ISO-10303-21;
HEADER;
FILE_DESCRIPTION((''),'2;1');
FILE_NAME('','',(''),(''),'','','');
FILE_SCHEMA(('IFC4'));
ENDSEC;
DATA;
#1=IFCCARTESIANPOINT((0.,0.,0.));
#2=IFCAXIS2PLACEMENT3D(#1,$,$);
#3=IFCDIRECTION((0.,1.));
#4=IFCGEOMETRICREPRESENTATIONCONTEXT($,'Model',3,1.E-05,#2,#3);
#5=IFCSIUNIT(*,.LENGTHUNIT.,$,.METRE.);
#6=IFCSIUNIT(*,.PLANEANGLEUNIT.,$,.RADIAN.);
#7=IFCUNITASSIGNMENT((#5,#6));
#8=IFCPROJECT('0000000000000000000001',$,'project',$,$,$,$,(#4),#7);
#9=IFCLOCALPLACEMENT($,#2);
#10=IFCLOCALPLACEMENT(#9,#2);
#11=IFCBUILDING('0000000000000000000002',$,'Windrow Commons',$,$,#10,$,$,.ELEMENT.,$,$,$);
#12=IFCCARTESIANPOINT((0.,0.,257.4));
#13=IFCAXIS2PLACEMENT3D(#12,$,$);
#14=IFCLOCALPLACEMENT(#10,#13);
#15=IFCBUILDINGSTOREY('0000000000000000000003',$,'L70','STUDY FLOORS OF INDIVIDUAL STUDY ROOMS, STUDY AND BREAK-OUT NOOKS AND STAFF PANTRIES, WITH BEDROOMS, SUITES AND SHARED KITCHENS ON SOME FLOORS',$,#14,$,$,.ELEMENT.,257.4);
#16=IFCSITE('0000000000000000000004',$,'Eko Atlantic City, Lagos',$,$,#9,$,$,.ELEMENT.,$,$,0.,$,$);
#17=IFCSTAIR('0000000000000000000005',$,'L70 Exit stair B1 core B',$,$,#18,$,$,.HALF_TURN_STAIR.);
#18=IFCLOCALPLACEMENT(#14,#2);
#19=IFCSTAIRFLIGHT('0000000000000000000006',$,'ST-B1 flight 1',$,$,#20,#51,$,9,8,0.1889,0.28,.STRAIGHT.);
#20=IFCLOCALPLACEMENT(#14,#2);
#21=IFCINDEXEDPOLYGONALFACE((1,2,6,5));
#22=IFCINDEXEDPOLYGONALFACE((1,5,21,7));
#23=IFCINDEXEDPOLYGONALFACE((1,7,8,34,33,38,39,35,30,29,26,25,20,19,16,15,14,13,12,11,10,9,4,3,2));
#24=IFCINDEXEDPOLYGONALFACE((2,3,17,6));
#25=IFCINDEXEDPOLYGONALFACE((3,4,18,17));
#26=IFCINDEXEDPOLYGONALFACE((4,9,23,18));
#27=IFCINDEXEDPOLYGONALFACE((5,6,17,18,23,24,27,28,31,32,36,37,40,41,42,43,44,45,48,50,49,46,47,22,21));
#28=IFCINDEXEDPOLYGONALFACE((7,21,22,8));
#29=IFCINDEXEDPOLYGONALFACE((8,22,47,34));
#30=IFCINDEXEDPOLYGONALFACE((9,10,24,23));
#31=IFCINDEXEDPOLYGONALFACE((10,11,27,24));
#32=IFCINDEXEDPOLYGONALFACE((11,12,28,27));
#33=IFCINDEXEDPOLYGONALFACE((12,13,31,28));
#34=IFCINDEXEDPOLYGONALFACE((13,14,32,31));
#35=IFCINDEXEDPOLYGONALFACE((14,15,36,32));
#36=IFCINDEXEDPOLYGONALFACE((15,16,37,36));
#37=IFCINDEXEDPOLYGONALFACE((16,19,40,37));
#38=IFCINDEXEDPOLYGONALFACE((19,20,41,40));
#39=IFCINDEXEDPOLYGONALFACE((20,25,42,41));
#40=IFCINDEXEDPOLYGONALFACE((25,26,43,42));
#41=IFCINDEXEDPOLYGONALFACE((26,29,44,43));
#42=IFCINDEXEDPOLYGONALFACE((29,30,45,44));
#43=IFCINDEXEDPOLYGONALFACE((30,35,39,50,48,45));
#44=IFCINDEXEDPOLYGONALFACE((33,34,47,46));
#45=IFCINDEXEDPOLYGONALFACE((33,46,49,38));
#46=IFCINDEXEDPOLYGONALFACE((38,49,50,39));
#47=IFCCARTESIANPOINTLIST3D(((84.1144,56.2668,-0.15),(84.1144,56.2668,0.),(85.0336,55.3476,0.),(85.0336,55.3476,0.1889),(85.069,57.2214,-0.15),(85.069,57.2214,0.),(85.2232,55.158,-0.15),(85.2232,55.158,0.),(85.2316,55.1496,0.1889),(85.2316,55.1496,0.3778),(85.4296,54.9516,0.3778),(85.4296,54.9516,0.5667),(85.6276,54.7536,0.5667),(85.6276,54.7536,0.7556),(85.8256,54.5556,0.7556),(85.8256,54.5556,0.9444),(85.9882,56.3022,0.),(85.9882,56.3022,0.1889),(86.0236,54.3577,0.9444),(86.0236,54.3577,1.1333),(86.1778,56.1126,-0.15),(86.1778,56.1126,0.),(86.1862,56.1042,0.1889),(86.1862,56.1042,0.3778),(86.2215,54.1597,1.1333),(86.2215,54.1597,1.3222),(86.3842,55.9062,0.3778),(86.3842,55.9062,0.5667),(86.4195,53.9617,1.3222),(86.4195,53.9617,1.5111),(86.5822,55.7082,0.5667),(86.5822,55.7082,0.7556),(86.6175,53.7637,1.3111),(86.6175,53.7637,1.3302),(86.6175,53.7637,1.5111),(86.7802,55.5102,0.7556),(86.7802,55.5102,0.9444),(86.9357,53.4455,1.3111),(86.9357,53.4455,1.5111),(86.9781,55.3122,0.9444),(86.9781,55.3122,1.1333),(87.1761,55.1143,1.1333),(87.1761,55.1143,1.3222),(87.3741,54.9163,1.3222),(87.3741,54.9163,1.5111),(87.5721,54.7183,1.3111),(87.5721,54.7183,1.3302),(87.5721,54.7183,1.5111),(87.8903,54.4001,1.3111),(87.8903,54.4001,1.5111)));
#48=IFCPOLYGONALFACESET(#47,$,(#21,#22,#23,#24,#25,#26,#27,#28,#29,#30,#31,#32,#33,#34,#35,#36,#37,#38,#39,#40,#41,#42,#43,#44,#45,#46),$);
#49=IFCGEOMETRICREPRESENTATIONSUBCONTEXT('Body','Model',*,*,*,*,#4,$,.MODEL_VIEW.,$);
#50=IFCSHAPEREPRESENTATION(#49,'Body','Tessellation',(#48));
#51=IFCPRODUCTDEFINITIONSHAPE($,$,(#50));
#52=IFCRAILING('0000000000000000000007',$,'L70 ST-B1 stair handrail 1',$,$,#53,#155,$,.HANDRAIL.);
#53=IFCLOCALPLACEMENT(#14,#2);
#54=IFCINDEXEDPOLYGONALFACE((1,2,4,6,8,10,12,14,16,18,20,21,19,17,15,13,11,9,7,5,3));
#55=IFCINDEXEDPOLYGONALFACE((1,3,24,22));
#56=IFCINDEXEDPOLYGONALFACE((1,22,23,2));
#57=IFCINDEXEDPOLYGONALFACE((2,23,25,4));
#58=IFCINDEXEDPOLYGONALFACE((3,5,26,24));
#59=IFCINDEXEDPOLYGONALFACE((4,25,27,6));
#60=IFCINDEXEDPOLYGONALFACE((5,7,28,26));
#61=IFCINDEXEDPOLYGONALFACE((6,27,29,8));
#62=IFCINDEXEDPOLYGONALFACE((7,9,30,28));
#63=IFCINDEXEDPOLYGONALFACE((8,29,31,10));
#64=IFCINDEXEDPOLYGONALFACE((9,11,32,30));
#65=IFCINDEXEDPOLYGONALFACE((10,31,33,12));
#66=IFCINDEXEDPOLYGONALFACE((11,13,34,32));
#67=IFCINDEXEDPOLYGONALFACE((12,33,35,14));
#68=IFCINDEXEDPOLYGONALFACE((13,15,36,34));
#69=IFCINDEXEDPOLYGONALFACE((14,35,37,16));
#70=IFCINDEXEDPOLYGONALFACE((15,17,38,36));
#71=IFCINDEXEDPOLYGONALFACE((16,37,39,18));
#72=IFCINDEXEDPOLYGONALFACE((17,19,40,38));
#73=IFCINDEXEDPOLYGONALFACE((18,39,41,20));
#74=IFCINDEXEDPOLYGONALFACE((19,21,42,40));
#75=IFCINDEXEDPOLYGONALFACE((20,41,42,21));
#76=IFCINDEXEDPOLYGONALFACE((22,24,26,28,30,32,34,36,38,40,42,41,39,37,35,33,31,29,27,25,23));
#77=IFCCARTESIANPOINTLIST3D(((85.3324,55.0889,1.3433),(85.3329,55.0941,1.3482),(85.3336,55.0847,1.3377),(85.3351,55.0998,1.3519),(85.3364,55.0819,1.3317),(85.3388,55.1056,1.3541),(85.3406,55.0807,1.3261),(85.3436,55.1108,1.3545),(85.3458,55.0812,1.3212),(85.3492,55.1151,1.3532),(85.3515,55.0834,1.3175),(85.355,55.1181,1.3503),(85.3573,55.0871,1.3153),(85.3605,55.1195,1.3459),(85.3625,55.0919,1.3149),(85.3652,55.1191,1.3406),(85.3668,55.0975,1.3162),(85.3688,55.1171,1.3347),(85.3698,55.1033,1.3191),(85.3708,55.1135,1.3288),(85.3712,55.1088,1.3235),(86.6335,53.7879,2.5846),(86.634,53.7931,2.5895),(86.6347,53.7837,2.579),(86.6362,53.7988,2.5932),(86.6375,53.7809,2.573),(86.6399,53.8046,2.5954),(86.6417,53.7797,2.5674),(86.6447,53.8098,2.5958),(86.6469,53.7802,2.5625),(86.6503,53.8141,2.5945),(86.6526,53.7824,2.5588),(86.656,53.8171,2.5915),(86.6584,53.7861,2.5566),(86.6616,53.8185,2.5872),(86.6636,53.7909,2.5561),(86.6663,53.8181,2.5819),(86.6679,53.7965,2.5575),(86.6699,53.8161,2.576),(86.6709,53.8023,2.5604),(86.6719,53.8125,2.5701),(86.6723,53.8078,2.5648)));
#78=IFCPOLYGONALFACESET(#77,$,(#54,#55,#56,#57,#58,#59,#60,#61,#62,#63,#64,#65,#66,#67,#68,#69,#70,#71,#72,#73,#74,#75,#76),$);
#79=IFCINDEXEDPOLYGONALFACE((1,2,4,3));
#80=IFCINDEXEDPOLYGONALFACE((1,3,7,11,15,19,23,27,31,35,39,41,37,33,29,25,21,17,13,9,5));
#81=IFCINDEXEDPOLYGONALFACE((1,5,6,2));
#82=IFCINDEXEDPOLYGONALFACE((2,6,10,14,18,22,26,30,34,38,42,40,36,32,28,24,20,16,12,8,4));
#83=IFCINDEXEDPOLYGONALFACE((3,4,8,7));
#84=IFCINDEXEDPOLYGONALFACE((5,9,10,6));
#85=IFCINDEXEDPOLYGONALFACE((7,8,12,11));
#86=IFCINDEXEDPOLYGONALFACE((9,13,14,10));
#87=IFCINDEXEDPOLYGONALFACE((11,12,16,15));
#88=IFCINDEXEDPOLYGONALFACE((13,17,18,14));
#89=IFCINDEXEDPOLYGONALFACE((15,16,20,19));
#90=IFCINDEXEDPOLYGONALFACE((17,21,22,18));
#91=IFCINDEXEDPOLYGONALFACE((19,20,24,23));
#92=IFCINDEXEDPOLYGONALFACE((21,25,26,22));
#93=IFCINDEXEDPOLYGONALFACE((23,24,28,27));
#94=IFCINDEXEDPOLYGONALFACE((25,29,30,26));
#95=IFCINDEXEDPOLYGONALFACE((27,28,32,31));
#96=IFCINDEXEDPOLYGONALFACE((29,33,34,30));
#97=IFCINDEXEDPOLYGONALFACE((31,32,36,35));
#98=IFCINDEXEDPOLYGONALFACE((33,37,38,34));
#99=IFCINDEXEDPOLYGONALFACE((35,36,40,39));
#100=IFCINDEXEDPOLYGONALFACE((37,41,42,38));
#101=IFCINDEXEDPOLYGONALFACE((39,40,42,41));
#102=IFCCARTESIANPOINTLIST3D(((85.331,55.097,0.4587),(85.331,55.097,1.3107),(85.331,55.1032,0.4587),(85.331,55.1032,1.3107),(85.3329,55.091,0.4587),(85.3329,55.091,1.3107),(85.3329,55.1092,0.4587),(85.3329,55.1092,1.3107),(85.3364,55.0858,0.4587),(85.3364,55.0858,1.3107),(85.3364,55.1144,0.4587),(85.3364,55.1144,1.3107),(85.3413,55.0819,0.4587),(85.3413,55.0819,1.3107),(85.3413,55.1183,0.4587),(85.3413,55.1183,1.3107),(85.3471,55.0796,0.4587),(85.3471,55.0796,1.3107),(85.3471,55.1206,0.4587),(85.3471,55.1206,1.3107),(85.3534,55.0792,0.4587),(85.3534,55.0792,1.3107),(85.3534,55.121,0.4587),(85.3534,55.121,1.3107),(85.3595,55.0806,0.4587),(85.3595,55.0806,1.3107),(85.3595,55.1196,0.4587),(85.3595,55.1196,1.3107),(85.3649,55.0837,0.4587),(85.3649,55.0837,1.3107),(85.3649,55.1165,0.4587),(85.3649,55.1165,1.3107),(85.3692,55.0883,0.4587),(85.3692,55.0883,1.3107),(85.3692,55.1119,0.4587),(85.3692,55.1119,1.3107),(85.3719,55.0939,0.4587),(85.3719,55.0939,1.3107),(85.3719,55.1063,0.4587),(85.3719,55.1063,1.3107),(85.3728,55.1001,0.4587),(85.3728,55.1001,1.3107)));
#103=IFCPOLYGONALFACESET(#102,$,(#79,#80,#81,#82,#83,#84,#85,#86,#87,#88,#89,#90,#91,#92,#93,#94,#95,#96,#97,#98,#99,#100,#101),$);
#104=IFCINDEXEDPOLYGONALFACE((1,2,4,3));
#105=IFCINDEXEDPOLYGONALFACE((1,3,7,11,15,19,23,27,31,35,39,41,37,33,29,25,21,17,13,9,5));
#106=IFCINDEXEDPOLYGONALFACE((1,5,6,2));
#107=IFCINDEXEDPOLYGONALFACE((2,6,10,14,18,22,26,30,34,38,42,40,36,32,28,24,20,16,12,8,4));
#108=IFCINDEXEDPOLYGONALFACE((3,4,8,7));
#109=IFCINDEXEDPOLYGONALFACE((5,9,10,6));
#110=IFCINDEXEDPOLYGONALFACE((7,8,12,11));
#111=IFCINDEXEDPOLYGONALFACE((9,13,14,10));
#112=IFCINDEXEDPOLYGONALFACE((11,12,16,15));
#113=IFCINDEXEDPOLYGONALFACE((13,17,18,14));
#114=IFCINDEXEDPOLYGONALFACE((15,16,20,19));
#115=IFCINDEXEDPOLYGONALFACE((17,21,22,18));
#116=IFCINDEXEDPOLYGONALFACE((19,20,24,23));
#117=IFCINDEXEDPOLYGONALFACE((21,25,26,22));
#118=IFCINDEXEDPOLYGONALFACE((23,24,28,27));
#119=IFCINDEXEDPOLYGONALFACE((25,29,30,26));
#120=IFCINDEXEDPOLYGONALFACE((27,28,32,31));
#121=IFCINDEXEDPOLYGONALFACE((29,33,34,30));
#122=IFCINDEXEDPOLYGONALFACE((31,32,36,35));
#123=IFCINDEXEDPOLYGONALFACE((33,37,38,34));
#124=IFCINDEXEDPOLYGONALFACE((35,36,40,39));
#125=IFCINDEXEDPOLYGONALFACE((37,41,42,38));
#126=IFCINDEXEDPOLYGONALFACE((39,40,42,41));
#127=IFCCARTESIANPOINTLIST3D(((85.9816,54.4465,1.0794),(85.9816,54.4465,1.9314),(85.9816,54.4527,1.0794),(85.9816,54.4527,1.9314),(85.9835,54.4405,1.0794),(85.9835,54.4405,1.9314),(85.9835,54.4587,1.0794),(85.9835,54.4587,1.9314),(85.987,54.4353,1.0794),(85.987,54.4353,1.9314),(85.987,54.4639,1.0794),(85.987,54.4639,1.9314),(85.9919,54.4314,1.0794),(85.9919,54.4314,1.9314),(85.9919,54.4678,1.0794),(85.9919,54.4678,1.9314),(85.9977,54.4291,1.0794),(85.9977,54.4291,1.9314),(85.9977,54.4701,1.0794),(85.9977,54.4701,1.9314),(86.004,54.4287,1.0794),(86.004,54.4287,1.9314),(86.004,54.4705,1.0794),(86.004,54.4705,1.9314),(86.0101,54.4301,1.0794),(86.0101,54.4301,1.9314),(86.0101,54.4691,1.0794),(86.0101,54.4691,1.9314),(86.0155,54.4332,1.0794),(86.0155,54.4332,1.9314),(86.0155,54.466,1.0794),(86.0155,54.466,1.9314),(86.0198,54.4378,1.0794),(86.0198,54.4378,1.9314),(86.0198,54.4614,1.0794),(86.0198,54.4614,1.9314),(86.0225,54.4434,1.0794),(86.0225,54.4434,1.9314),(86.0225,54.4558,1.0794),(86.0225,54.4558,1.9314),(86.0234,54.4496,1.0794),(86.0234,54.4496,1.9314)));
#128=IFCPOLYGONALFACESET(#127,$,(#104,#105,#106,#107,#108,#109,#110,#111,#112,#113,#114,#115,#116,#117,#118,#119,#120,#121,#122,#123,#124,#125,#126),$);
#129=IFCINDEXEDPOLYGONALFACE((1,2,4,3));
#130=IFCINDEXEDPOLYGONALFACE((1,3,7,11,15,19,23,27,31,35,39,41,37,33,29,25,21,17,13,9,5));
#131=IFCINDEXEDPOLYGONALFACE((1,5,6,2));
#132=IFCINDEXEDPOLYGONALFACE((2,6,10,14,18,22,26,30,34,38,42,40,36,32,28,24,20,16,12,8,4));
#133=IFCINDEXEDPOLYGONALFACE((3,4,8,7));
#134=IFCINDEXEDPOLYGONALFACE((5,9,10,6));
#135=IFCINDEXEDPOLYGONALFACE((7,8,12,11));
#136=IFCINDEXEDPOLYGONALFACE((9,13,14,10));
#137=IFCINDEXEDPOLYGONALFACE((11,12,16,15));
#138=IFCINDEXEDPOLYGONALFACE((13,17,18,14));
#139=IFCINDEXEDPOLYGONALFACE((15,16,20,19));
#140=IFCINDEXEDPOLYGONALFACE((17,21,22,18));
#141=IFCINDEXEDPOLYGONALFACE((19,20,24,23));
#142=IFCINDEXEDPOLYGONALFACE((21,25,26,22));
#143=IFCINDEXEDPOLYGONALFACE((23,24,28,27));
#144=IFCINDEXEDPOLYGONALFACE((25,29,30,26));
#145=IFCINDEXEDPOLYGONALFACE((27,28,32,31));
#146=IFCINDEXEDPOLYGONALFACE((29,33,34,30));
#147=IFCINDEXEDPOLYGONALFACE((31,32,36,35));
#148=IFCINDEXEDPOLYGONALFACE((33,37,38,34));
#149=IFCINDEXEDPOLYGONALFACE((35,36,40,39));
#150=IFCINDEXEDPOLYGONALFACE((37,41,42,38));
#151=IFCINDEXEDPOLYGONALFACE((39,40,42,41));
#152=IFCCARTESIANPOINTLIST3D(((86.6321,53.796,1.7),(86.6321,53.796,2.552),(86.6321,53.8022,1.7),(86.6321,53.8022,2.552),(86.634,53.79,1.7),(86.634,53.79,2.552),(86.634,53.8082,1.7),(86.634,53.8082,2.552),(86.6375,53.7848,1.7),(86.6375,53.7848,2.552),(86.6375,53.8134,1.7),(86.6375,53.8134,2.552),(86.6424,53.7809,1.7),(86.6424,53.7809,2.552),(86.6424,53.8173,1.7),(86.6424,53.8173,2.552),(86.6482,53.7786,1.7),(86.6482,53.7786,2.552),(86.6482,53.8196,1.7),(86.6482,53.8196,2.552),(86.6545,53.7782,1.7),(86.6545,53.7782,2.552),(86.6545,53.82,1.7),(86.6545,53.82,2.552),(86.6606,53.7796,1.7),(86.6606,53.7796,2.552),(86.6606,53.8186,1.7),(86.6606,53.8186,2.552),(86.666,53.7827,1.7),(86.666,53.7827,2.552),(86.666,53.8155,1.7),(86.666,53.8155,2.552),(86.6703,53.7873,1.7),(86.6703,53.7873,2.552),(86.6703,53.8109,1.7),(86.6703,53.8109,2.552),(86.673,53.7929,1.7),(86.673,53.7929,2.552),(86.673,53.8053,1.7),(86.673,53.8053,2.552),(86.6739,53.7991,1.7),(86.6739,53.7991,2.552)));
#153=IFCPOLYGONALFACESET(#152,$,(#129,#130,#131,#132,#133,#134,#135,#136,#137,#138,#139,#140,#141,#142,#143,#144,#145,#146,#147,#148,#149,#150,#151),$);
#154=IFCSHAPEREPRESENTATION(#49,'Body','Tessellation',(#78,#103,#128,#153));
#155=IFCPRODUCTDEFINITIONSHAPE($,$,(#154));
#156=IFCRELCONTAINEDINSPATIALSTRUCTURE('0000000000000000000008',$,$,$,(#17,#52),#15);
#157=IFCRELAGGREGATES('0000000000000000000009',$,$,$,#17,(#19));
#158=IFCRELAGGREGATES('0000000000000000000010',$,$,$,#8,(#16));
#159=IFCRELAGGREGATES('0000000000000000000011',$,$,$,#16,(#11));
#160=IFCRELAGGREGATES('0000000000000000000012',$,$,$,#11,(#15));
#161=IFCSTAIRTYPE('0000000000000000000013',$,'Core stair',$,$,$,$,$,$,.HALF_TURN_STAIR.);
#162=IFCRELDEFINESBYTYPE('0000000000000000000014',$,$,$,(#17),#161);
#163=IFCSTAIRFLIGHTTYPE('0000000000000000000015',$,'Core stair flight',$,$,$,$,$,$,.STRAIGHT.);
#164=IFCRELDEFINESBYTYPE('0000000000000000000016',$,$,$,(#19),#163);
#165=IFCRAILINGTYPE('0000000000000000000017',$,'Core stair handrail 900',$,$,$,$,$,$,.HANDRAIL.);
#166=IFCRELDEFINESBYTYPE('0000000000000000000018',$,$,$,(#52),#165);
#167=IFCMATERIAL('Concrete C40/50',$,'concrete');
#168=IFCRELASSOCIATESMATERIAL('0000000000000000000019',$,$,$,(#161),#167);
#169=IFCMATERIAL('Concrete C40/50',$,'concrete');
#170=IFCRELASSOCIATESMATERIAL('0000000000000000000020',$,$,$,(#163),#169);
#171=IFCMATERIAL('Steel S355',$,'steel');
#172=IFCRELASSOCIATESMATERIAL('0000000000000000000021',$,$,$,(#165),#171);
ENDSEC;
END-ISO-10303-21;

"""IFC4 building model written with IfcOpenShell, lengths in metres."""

from ifc_helpers import new_model, si_unit, direction, frame, origin, origin_2d, place, context, subcontext, project, spatial, polyline, circle, outline, extrude, material, type_object, element, aggregate, save


model = new_model("IFC4")

# Units and contexts
model_context = context("Model", 3, precision=1e-05, world=origin(), true_north=direction((0.0, 1.0)))
body_context = subcontext(model_context, "Body", "Model", "MODEL_VIEW")
ifc_project = project(units=[si_unit("LENGTHUNIT", "METRE"), si_unit("PLANEANGLEUNIT", "RADIAN")], contexts=[model_context])

# Site, building, storey
site_placement = place(None, origin())
site = spatial("IfcSite", under=ifc_project, at=site_placement, Name="Eko Atlantic City, Lagos", CompositionType="ELEMENT", RefElevation=0.0)
building_placement = place(site_placement, origin())
building = spatial("IfcBuilding", under=site, at=building_placement, Name="Windrow Commons", CompositionType="ELEMENT")
storey_placement = place(building_placement, frame((0.0, 0.0, 257.4)))
storey = spatial("IfcBuildingStorey", under=building, at=storey_placement, Name="L70", Description="STUDY FLOORS OF INDIVIDUAL STUDY ROOMS, STUDY AND BREAK-OUT NOOKS AND STAFF PANTRIES, WITH BEDROOMS, SUITES AND SHARED KITCHENS ON SOME FLOORS", CompositionType="ELEMENT", Elevation=257.4)

# Stair, stair flight
ifc_material_1 = material(Name="Concrete C40/50", Category="concrete")
stair_type = type_object("IfcStairType", Name="Core stair", PredefinedType="HALF_TURN_STAIR", material=ifc_material_1)
stair_placement = place(storey_placement, origin())
stair = element("IfcStair", 1, at=stair_placement, inside=storey, type_object=stair_type, Name="L70 Exit stair B1 core B", PredefinedType="HALF_TURN_STAIR")
ifc_material_2 = material(Name="Concrete C40/50", Category="concrete")
stair_flight_type = type_object("IfcStairFlightType", Name="Core stair flight", PredefinedType="STRAIGHT", material=ifc_material_2)
stair_flight_placement = place(storey_placement, frame((85.5109, 55.8249, 0.0), z_axis=(0.0, 0.0, 1.0), x_axis=(0.707107, -0.707107, 0.0)))
stair_flight = element("IfcStairFlight", 2, at=stair_flight_placement, type_object=stair_flight_type, Name="ST-B1 flight 1", NumberOfRisers=9, NumberOfTreads=8, PredefinedType="STRAIGHT", RiserHeight=0.1889, TreadLength=0.28, context=body_context, shape_type="SweptSolid", body=[
    extrude(outline(polyline([(-1.3, -0.15), (-1.3, 0.0), (0.0, 0.0), (0.0, 0.1889), (0.28, 0.1889), (0.28, 0.3778), (0.56, 0.3778), (0.56, 0.5667), (0.84, 0.5667), (0.84, 0.7556), (1.12, 0.7556), (1.12, 0.9444), (1.4, 0.9444), (1.4, 1.1333), (1.68, 1.1333), (1.68, 1.3222), (1.96, 1.3222), (1.96, 1.5111), (2.24, 1.5111), (2.69, 1.5111), (2.69, 1.3111), (2.24, 1.3111), (2.24, 1.3302), (0.2682, 0.0), (0.2682, -0.15), (-1.3, -0.15)])), frame((0.0, 0.675, 0.0), z_axis=(0.0, -1.0, 0.0), x_axis=(1.0, 0.0, 0.0)), (0.0, 0.0, 1.0), 1.35),
])
aggregate(stair, [stair_flight])

# Railing
ifc_material_3 = material(Name="Steel S355", Category="steel")
railing_type = type_object("IfcRailingType", Name="Core stair handrail 900", PredefinedType="HANDRAIL", material=ifc_material_3)
railing_placement = place(storey_placement, frame((85.3518, 55.1001, 0.4587)))
element("IfcRailing", 3, at=railing_placement, inside=storey, type_object=railing_type, Name="L70 ST-B1 stair handrail 1", PredefinedType="HANDRAIL", context=body_context, shape_type="SweptSolid", body=[
    extrude(circle(Radius=0.024, at=origin_2d()), frame((0.0, 0.0, 0.876), z_axis=(0.586207, -0.586162, 0.559264), x_axis=(0.70708, 0.707134, 0.0)), (0.0, 0.0, 1.0), 2.2195),
    extrude(circle(Radius=0.021, at=origin_2d()), origin(), (0.0, 0.0, 1.0), 0.852),
    extrude(circle(Radius=0.021, at=origin_2d()), frame((0.6506, -0.6505, 0.6207)), (0.0, 0.0, 1.0), 0.852),
    extrude(circle(Radius=0.021, at=origin_2d()), frame((1.3011, -1.301, 1.2413)), (0.0, 0.0, 1.0), 0.852),
])

save(model, "model.ifc")
